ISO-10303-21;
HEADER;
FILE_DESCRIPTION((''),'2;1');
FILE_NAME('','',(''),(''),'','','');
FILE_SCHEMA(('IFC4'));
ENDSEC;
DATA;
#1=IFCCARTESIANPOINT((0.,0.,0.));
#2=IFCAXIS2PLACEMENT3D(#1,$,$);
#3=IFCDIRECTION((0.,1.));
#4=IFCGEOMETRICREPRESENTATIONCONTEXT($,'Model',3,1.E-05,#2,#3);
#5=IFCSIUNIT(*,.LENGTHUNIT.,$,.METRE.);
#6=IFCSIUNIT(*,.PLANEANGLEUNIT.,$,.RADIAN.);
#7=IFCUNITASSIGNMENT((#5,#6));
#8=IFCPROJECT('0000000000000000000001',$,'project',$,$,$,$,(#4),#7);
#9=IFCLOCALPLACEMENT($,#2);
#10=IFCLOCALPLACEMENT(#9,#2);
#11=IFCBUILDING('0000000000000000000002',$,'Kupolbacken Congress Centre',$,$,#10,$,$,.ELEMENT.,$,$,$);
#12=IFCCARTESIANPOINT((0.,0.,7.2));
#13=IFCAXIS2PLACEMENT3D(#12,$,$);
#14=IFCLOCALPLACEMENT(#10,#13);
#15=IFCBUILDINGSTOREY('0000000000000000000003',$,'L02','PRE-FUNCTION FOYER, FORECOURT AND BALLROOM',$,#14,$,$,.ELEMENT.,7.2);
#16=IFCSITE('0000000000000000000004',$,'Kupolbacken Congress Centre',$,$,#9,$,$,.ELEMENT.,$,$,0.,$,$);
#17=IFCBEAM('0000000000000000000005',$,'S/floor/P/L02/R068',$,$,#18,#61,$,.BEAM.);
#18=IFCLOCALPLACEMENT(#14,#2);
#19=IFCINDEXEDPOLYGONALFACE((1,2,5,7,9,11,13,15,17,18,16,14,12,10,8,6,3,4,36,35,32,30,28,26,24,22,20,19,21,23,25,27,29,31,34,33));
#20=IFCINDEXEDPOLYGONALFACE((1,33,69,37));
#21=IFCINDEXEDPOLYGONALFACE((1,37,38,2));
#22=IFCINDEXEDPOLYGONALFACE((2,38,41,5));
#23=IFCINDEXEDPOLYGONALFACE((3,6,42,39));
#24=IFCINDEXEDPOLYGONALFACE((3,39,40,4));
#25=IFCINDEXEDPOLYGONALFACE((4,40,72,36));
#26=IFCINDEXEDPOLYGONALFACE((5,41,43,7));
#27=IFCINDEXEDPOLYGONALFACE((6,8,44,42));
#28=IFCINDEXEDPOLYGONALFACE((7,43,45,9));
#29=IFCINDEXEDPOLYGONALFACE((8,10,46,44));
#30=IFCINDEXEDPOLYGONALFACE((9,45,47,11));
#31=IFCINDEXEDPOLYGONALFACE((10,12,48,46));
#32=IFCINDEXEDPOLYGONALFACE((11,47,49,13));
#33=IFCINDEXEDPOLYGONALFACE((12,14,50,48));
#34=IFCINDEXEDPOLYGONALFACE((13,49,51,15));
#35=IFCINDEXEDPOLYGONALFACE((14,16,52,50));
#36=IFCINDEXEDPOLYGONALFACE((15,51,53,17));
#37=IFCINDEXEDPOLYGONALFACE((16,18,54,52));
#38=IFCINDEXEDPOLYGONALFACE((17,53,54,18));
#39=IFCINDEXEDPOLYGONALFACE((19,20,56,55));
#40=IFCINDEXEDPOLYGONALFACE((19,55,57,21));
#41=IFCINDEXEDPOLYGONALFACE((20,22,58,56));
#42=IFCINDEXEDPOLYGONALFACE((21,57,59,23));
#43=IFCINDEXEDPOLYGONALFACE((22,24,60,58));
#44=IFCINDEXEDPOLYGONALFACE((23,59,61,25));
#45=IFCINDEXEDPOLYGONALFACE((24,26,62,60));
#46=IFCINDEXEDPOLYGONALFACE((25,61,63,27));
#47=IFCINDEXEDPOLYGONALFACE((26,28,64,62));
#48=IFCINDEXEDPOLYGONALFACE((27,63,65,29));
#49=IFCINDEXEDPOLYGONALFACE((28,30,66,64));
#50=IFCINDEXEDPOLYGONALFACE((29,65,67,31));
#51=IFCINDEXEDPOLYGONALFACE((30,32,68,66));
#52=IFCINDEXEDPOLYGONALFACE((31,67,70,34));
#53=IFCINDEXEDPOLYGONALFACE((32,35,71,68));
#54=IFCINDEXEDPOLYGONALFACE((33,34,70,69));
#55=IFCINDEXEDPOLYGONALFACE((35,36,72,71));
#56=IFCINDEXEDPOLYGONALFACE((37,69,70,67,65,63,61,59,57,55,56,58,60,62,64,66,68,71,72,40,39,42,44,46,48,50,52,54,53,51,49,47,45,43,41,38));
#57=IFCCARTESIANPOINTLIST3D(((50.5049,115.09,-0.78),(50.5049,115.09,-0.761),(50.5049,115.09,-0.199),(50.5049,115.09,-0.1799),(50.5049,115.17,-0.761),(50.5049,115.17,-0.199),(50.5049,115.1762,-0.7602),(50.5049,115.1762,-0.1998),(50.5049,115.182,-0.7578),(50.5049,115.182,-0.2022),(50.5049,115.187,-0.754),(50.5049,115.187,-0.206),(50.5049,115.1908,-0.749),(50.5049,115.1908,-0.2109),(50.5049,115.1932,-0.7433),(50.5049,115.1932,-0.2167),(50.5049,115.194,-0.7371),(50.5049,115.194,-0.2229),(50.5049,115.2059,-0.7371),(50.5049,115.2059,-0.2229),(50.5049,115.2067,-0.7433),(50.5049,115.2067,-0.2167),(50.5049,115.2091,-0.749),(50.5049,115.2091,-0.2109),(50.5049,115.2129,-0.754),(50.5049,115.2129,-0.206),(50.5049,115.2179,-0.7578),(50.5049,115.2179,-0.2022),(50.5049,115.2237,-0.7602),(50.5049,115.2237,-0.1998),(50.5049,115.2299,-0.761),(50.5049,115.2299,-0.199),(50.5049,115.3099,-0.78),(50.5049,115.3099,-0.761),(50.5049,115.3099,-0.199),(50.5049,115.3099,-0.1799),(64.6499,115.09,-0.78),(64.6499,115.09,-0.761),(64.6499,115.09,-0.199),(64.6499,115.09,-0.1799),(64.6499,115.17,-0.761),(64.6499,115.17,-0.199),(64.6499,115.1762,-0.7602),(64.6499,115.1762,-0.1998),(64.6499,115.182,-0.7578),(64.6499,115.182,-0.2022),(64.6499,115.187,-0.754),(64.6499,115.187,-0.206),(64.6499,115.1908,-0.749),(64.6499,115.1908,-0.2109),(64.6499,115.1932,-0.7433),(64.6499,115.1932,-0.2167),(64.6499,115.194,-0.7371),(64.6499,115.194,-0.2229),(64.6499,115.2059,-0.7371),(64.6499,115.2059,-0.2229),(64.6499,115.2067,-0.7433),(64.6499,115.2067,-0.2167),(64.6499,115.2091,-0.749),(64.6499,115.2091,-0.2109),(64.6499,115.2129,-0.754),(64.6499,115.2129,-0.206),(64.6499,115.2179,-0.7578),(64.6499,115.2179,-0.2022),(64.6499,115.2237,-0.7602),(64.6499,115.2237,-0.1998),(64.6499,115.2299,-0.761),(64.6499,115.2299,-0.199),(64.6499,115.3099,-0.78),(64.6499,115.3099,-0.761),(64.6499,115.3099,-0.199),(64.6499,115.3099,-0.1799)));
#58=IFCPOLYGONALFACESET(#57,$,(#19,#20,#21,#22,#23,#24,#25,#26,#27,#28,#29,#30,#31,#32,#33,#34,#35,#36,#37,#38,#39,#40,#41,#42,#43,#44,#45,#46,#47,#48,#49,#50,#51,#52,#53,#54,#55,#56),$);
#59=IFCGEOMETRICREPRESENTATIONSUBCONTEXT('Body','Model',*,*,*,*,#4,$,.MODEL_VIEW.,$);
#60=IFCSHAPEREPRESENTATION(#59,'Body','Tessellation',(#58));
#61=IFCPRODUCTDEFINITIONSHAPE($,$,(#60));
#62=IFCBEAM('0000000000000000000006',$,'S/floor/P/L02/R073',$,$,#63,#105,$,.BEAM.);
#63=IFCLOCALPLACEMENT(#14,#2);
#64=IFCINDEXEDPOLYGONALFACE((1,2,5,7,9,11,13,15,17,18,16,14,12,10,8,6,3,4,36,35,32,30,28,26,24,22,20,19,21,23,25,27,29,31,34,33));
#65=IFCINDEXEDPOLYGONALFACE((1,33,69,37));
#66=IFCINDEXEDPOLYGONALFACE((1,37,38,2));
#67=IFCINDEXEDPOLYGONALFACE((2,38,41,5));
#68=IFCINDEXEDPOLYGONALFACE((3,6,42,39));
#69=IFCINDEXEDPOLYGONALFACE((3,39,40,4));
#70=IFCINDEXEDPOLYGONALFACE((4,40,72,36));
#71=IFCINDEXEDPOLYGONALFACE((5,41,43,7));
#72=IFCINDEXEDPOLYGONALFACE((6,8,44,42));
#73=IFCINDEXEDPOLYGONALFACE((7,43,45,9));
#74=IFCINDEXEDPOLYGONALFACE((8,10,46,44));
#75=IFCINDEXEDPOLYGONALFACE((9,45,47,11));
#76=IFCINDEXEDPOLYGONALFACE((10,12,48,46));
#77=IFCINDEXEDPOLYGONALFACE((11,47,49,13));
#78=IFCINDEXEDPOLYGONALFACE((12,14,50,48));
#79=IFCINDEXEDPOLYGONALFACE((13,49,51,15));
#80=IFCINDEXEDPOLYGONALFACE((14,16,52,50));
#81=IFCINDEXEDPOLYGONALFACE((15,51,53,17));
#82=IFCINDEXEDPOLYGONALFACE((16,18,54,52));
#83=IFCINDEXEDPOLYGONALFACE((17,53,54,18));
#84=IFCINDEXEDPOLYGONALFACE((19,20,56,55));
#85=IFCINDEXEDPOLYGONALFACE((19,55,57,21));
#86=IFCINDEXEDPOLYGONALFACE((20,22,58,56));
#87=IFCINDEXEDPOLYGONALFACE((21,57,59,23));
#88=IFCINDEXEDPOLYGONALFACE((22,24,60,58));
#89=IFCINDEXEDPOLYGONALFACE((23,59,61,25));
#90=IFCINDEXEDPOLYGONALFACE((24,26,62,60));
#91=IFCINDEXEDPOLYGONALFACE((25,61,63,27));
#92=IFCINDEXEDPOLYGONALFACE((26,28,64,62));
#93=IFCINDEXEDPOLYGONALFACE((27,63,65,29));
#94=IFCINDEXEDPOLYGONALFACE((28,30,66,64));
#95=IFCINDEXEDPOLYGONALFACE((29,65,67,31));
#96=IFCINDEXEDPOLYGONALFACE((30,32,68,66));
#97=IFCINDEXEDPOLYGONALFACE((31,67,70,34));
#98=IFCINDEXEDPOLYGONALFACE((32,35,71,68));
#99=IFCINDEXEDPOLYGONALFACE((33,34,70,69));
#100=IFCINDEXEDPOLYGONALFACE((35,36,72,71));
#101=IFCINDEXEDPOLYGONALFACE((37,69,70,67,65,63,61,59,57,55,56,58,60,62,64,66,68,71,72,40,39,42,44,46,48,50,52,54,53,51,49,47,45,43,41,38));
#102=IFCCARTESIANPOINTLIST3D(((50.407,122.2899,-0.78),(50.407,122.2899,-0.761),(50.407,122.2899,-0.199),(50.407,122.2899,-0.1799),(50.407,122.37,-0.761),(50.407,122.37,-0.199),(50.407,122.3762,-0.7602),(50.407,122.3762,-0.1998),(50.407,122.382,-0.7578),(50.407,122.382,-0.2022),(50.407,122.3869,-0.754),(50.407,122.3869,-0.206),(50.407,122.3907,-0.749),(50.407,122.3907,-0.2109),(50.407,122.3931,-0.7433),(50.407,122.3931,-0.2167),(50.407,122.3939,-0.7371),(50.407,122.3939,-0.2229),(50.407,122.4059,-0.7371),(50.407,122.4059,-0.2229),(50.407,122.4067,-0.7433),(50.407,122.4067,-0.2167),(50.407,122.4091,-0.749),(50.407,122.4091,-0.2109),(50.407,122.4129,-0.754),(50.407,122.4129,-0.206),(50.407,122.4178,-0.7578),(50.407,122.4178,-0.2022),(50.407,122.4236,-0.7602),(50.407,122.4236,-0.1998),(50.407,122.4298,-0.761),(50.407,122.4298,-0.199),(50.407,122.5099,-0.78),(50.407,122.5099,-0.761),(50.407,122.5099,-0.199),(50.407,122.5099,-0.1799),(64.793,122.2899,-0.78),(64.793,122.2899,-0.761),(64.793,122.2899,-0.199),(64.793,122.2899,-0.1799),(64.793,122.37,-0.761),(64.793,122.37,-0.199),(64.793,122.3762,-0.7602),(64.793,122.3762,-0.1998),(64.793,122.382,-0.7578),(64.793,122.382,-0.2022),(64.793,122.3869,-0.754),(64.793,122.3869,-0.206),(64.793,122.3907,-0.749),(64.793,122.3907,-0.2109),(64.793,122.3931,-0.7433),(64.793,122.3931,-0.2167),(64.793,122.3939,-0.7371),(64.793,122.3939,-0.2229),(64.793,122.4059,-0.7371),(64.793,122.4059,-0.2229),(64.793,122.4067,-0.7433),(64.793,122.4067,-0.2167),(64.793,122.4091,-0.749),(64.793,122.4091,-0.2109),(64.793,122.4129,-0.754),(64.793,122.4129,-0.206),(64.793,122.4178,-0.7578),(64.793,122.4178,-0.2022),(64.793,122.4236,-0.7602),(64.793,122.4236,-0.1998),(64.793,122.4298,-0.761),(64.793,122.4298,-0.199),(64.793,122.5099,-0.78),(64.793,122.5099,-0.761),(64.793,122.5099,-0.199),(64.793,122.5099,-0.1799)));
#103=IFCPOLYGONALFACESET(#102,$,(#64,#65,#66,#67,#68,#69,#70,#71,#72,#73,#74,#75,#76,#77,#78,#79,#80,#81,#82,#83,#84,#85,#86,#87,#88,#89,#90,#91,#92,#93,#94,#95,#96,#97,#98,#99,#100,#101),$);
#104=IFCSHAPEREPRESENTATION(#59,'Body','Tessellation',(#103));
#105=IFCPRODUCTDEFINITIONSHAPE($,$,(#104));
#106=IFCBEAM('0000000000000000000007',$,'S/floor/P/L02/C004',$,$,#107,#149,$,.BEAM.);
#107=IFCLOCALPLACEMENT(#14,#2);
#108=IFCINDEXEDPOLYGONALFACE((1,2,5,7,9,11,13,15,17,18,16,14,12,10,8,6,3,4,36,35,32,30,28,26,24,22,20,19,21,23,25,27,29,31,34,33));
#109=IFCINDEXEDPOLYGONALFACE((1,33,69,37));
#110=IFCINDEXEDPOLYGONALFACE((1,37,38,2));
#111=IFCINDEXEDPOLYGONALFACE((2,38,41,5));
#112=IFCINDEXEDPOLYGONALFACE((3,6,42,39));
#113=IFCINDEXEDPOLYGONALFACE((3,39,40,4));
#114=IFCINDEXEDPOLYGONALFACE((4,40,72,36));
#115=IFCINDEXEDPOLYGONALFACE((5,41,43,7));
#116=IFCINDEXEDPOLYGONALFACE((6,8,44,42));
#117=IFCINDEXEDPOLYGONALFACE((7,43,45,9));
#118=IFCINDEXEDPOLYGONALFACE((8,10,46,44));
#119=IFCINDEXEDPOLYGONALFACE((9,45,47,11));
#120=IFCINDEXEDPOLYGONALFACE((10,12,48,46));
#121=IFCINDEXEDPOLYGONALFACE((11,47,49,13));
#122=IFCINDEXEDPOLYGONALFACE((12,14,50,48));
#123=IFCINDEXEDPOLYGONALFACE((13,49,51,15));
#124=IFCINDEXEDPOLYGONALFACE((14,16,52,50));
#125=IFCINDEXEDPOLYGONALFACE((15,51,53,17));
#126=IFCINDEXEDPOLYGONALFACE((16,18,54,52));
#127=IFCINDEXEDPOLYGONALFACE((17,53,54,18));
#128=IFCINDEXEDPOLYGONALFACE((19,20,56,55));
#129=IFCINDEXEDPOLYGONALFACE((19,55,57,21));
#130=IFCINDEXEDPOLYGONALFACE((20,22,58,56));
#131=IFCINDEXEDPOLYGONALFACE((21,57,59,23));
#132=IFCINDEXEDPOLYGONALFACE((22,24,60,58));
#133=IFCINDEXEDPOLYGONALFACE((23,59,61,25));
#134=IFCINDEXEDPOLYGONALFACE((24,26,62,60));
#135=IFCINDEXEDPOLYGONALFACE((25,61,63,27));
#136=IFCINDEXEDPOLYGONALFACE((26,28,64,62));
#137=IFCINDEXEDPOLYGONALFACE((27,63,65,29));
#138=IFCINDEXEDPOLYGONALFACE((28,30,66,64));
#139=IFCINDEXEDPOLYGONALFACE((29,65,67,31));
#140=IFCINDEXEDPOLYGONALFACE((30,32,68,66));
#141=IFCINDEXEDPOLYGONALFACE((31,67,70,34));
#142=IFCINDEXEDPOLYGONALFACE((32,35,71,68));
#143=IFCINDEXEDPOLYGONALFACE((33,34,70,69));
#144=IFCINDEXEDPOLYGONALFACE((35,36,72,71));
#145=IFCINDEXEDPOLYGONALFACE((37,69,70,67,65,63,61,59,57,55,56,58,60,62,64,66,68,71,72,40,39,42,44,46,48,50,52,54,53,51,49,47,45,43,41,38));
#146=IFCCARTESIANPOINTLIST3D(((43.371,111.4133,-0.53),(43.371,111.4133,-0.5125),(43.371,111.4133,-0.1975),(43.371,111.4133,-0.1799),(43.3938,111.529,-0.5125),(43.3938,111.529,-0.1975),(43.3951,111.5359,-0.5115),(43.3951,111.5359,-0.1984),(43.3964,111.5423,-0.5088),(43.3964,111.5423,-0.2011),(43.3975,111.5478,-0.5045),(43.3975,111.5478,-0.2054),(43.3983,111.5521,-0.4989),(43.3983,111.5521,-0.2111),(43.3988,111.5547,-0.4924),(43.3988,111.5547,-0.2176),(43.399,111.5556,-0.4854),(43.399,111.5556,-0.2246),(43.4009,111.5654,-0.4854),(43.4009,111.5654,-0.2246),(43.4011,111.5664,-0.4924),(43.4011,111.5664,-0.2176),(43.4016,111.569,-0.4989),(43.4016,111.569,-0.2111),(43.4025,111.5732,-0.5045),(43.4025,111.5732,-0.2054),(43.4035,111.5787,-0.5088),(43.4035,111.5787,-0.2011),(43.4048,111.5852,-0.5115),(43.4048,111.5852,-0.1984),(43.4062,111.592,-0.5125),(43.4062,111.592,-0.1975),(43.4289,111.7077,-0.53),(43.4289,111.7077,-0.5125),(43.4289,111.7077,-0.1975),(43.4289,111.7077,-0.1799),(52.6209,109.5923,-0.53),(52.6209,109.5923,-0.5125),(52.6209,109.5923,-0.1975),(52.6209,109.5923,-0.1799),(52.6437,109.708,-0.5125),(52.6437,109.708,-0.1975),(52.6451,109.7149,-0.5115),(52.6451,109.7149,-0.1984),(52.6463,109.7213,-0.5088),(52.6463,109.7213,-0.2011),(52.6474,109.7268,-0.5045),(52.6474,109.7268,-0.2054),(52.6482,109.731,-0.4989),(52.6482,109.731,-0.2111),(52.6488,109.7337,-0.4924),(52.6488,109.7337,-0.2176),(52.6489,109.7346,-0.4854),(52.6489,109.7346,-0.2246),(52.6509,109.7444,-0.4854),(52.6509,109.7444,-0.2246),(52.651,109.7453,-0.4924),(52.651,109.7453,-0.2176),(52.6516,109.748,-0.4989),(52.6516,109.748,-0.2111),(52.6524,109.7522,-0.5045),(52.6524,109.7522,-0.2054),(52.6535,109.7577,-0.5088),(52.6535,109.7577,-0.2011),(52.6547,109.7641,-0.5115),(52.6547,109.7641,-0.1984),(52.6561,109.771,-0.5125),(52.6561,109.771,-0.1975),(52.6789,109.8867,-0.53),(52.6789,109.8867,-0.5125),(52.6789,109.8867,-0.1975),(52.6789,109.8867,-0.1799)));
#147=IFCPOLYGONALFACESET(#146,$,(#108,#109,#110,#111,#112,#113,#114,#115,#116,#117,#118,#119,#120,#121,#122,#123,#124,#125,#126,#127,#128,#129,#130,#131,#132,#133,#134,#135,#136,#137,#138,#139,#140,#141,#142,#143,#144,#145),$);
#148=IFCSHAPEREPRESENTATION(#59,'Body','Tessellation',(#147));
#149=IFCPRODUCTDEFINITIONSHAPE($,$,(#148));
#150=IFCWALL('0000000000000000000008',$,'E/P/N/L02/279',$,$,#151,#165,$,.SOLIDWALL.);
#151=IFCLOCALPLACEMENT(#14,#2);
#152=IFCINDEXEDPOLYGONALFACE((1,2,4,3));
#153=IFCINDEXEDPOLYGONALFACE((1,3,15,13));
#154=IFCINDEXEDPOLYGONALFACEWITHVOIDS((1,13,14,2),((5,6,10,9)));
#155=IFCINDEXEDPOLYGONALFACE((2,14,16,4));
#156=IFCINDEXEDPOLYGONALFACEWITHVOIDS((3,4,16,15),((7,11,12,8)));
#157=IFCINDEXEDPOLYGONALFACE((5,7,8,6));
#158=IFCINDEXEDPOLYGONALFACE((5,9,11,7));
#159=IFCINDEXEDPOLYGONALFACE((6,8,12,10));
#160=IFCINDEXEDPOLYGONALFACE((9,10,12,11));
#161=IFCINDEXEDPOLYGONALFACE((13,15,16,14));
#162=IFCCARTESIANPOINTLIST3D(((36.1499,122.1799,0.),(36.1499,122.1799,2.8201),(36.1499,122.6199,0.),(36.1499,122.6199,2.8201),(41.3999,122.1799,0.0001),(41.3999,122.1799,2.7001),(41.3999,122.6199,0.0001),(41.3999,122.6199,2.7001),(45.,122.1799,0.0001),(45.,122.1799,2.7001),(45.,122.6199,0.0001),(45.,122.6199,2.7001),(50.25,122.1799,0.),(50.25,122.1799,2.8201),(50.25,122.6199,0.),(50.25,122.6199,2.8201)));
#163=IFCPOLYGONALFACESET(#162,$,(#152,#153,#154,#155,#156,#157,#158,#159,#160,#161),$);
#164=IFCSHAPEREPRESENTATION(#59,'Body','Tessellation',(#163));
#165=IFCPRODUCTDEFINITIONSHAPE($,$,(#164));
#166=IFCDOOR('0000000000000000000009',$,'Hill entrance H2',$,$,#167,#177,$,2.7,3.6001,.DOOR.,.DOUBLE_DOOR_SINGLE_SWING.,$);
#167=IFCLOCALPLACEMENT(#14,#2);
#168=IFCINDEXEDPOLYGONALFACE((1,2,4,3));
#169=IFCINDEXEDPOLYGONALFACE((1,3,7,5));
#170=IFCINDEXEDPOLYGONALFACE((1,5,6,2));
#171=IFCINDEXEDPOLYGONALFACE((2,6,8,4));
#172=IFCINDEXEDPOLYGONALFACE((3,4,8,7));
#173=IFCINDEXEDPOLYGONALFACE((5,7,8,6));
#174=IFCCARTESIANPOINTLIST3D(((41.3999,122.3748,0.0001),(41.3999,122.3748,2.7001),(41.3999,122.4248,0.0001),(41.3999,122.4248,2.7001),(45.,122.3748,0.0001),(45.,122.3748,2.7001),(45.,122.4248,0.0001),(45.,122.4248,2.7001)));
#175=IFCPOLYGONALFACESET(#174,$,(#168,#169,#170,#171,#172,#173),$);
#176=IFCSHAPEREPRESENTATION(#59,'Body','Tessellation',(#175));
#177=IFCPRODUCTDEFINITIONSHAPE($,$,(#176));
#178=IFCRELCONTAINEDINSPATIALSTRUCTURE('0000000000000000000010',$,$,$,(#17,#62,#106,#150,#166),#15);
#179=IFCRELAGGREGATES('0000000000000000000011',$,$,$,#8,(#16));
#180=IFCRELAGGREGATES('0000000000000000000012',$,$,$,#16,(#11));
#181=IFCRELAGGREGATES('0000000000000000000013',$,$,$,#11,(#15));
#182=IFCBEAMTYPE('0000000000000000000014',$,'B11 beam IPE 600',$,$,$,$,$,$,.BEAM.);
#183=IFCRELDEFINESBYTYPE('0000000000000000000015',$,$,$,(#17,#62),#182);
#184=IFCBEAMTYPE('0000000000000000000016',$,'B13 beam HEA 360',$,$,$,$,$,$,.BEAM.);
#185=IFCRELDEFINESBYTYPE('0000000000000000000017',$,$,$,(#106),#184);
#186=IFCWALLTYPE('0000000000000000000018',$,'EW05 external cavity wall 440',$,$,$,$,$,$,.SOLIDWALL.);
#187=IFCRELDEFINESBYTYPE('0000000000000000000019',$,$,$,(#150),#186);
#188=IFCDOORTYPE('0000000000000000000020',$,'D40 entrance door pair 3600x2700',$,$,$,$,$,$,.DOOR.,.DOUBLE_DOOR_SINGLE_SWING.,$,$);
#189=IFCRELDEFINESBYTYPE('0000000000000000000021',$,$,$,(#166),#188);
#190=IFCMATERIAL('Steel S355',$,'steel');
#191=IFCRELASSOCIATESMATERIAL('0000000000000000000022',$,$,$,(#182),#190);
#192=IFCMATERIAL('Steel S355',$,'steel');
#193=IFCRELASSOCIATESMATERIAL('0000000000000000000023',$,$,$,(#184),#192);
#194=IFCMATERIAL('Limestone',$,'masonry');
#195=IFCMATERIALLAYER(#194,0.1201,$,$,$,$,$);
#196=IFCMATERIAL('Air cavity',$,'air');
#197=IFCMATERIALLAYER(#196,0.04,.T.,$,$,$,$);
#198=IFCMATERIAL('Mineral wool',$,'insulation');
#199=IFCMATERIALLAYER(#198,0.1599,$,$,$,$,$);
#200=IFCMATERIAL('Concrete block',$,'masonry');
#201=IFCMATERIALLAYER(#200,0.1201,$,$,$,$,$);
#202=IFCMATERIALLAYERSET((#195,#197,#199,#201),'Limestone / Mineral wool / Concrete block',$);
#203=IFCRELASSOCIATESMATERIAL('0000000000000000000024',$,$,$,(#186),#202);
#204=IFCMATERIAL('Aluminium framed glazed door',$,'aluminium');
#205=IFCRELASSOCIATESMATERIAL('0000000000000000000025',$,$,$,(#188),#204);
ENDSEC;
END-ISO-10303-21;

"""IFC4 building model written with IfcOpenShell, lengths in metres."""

from ifc_helpers import new_model, si_unit, direction, frame, frame_2d, origin, origin_2d, place, context, subcontext, project, spatial, rectangle, i_section, extrude, material, layer, layer_set, material_profile, profile_set, type_object, element, fill, save


model = new_model("IFC4")

# Units and contexts
model_context = context("Model", 3, precision=1e-05, world=origin(), true_north=direction((0.0, 1.0)))
body_context = subcontext(model_context, "Body", "Model", "MODEL_VIEW")
ifc_project = project(units=[si_unit("LENGTHUNIT", "METRE"), si_unit("PLANEANGLEUNIT", "RADIAN")], contexts=[model_context])

# Site, building, storey
site_placement = place(None, origin())
site = spatial("IfcSite", under=ifc_project, at=site_placement, Name="Kupolbacken Congress Centre", CompositionType="ELEMENT", RefElevation=0.0)
building_placement = place(site_placement, origin())
building = spatial("IfcBuilding", under=site, at=building_placement, Name="Kupolbacken Congress Centre", CompositionType="ELEMENT")
storey_placement = place(building_placement, frame((0.0, 0.0, 7.2)))
storey = spatial("IfcBuildingStorey", under=building, at=storey_placement, Name="L02", Description="PRE-FUNCTION FOYER, FORECOURT AND BALLROOM", CompositionType="ELEMENT", Elevation=7.2)

# Beams
ifc_material_1 = material(Name="Steel S355", Category="steel")
ifc_material_profile_1 = material_profile(ifc_material_1, i_section(OverallWidth=0.22, OverallDepth=0.6001, WebThickness=0.012, FlangeThickness=0.019, FilletRadius=0.0239, at=origin_2d()), Name="IPE 600")
ifc_profile_set_1 = profile_set([ifc_material_profile_1], Name="Steel S355")
beam_type_1 = type_object("IfcBeamType", Name="B11 beam IPE 600", PredefinedType="BEAM", material=ifc_profile_set_1)
beam_1_placement = place(storey_placement, frame((50.5049, 115.2, -0.48), z_axis=(1.0, 0.0, 0.0), x_axis=(0.0, 1.0, 0.0)))
element("IfcBeam", 1, at=beam_1_placement, inside=storey, type_object=beam_type_1, Name="S/floor/P/L02/R068", PredefinedType="BEAM", context=body_context, shape_type="SweptSolid", body=[
    extrude(i_section(OverallWidth=0.22, OverallDepth=0.6001, WebThickness=0.012, FlangeThickness=0.019, FilletRadius=0.0239, at=origin_2d()), origin(), (0.0, 0.0, 1.0), 14.145),
])
beam_2_placement = place(storey_placement, frame((50.407, 122.3999, -0.48), z_axis=(1.0, 0.0, 0.0), x_axis=(0.0, 1.0, 0.0)))
element("IfcBeam", 2, at=beam_2_placement, inside=storey, type_object=beam_type_1, Name="S/floor/P/L02/R073", PredefinedType="BEAM", context=body_context, shape_type="SweptSolid", body=[
    extrude(i_section(OverallWidth=0.22, OverallDepth=0.6001, WebThickness=0.012, FlangeThickness=0.019, FilletRadius=0.0239, at=origin_2d()), origin(), (0.0, 0.0, 1.0), 14.386),
])
ifc_material_2 = material(Name="Steel S355", Category="steel")
ifc_material_profile_2 = material_profile(ifc_material_2, i_section(OverallWidth=0.3, OverallDepth=0.3501, WebThickness=0.01, FlangeThickness=0.0176, FilletRadius=0.0271, at=origin_2d()), Name="HEA 360")
ifc_profile_set_2 = profile_set([ifc_material_profile_2], Name="Steel S355")
beam_type_2 = type_object("IfcBeamType", Name="B13 beam HEA 360", PredefinedType="BEAM", material=ifc_profile_set_2)
beam_3_placement = place(storey_placement, frame((52.6499, 109.7395, -0.355), z_axis=(-0.981167, 0.193162, 0.0), x_axis=(-0.193162, -0.981167, 0.0)))
element("IfcBeam", 3, at=beam_3_placement, inside=storey, type_object=beam_type_2, Name="S/floor/P/L02/C004", PredefinedType="BEAM", context=body_context, shape_type="SweptSolid", body=[
    extrude(i_section(OverallWidth=0.3, OverallDepth=0.3501, WebThickness=0.01, FlangeThickness=0.0176, FilletRadius=0.0271, at=origin_2d()), origin(), (0.0, 0.0, 1.0), 9.4275),
])

# Wall, opening, door
ifc_material_3 = material(Name="Limestone", Category="masonry")
ifc_layer_1 = layer(ifc_material_3, 0.1201)
ifc_material_4 = material(Name="Air cavity", Category="air")
ifc_layer_2 = layer(ifc_material_4, 0.04, ventilated=True)
ifc_material_5 = material(Name="Mineral wool", Category="insulation")
ifc_layer_3 = layer(ifc_material_5, 0.1599)
ifc_material_6 = material(Name="Concrete block", Category="masonry")
ifc_layer_4 = layer(ifc_material_6, 0.1201)
ifc_layer_set_1 = layer_set([ifc_layer_1, ifc_layer_2, ifc_layer_3, ifc_layer_4], Name="Limestone / Mineral wool / Concrete block")
wall_type_1 = type_object("IfcWallType", Name="EW05 external cavity wall 440", PredefinedType="SOLIDWALL", material=ifc_layer_set_1)
wall_1_placement = place(storey_placement, frame((50.25, 122.3999, 0.0), z_axis=(0.0, 0.0, 1.0), x_axis=(-1.0, 0.0, 0.0)))
wall_1 = element("IfcWall", 4, at=wall_1_placement, inside=storey, type_object=wall_type_1, Name="E/P/N/L02/279", PredefinedType="SOLIDWALL", context=body_context, shape_type="SweptSolid", body=[
    extrude(rectangle(XDim=14.1001, YDim=0.4399, at=frame_2d((7.05, 0.0))), origin(), (0.0, 0.0, 1.0), 2.8201),
])
opening_placement = place(wall_1_placement, frame((5.25, 0.0, 0.0)))
opening = element("IfcOpeningElement", 5, at=opening_placement, cuts=wall_1, PredefinedType="OPENING", context=body_context, shape_type="SweptSolid", body=[
    extrude(rectangle(XDim=3.6001, YDim=2.7, at=frame_2d((1.8, 1.3501))), frame((0.0, 0.23, 0.0), z_axis=(0.0, -1.0, 0.0), x_axis=(1.0, 0.0, 0.0)), (0.0, 0.0, 1.0), 0.46),
])
ifc_material_7 = material(Name="Aluminium framed glazed door", Category="aluminium")
door_type = type_object("IfcDoorType", Name="D40 entrance door pair 3600x2700", OperationType="DOUBLE_DOOR_SINGLE_SWING", PredefinedType="DOOR", material=ifc_material_7)
door_placement = place(opening_placement, frame((3.6001, 0.0, 0.0), z_axis=(0.0, 0.0, 1.0), x_axis=(-1.0, 0.0, 0.0)))
door = element("IfcDoor", 6, at=door_placement, inside=storey, type_object=door_type, Name="Hill entrance H2", OperationType="DOUBLE_DOOR_SINGLE_SWING", OverallHeight=2.7, OverallWidth=3.6001, PredefinedType="DOOR", context=body_context, shape_type="SweptSolid", body=[
    extrude(rectangle(XDim=3.6001, YDim=2.7, at=frame_2d((1.8, 1.3501))), frame((0.0, 0.0249, 0.0), z_axis=(0.0, -1.0, 0.0), x_axis=(1.0, 0.0, 0.0)), (0.0, 0.0, 1.0), 0.05),
])
fill(opening, door)

save(model, "model.ifc")
